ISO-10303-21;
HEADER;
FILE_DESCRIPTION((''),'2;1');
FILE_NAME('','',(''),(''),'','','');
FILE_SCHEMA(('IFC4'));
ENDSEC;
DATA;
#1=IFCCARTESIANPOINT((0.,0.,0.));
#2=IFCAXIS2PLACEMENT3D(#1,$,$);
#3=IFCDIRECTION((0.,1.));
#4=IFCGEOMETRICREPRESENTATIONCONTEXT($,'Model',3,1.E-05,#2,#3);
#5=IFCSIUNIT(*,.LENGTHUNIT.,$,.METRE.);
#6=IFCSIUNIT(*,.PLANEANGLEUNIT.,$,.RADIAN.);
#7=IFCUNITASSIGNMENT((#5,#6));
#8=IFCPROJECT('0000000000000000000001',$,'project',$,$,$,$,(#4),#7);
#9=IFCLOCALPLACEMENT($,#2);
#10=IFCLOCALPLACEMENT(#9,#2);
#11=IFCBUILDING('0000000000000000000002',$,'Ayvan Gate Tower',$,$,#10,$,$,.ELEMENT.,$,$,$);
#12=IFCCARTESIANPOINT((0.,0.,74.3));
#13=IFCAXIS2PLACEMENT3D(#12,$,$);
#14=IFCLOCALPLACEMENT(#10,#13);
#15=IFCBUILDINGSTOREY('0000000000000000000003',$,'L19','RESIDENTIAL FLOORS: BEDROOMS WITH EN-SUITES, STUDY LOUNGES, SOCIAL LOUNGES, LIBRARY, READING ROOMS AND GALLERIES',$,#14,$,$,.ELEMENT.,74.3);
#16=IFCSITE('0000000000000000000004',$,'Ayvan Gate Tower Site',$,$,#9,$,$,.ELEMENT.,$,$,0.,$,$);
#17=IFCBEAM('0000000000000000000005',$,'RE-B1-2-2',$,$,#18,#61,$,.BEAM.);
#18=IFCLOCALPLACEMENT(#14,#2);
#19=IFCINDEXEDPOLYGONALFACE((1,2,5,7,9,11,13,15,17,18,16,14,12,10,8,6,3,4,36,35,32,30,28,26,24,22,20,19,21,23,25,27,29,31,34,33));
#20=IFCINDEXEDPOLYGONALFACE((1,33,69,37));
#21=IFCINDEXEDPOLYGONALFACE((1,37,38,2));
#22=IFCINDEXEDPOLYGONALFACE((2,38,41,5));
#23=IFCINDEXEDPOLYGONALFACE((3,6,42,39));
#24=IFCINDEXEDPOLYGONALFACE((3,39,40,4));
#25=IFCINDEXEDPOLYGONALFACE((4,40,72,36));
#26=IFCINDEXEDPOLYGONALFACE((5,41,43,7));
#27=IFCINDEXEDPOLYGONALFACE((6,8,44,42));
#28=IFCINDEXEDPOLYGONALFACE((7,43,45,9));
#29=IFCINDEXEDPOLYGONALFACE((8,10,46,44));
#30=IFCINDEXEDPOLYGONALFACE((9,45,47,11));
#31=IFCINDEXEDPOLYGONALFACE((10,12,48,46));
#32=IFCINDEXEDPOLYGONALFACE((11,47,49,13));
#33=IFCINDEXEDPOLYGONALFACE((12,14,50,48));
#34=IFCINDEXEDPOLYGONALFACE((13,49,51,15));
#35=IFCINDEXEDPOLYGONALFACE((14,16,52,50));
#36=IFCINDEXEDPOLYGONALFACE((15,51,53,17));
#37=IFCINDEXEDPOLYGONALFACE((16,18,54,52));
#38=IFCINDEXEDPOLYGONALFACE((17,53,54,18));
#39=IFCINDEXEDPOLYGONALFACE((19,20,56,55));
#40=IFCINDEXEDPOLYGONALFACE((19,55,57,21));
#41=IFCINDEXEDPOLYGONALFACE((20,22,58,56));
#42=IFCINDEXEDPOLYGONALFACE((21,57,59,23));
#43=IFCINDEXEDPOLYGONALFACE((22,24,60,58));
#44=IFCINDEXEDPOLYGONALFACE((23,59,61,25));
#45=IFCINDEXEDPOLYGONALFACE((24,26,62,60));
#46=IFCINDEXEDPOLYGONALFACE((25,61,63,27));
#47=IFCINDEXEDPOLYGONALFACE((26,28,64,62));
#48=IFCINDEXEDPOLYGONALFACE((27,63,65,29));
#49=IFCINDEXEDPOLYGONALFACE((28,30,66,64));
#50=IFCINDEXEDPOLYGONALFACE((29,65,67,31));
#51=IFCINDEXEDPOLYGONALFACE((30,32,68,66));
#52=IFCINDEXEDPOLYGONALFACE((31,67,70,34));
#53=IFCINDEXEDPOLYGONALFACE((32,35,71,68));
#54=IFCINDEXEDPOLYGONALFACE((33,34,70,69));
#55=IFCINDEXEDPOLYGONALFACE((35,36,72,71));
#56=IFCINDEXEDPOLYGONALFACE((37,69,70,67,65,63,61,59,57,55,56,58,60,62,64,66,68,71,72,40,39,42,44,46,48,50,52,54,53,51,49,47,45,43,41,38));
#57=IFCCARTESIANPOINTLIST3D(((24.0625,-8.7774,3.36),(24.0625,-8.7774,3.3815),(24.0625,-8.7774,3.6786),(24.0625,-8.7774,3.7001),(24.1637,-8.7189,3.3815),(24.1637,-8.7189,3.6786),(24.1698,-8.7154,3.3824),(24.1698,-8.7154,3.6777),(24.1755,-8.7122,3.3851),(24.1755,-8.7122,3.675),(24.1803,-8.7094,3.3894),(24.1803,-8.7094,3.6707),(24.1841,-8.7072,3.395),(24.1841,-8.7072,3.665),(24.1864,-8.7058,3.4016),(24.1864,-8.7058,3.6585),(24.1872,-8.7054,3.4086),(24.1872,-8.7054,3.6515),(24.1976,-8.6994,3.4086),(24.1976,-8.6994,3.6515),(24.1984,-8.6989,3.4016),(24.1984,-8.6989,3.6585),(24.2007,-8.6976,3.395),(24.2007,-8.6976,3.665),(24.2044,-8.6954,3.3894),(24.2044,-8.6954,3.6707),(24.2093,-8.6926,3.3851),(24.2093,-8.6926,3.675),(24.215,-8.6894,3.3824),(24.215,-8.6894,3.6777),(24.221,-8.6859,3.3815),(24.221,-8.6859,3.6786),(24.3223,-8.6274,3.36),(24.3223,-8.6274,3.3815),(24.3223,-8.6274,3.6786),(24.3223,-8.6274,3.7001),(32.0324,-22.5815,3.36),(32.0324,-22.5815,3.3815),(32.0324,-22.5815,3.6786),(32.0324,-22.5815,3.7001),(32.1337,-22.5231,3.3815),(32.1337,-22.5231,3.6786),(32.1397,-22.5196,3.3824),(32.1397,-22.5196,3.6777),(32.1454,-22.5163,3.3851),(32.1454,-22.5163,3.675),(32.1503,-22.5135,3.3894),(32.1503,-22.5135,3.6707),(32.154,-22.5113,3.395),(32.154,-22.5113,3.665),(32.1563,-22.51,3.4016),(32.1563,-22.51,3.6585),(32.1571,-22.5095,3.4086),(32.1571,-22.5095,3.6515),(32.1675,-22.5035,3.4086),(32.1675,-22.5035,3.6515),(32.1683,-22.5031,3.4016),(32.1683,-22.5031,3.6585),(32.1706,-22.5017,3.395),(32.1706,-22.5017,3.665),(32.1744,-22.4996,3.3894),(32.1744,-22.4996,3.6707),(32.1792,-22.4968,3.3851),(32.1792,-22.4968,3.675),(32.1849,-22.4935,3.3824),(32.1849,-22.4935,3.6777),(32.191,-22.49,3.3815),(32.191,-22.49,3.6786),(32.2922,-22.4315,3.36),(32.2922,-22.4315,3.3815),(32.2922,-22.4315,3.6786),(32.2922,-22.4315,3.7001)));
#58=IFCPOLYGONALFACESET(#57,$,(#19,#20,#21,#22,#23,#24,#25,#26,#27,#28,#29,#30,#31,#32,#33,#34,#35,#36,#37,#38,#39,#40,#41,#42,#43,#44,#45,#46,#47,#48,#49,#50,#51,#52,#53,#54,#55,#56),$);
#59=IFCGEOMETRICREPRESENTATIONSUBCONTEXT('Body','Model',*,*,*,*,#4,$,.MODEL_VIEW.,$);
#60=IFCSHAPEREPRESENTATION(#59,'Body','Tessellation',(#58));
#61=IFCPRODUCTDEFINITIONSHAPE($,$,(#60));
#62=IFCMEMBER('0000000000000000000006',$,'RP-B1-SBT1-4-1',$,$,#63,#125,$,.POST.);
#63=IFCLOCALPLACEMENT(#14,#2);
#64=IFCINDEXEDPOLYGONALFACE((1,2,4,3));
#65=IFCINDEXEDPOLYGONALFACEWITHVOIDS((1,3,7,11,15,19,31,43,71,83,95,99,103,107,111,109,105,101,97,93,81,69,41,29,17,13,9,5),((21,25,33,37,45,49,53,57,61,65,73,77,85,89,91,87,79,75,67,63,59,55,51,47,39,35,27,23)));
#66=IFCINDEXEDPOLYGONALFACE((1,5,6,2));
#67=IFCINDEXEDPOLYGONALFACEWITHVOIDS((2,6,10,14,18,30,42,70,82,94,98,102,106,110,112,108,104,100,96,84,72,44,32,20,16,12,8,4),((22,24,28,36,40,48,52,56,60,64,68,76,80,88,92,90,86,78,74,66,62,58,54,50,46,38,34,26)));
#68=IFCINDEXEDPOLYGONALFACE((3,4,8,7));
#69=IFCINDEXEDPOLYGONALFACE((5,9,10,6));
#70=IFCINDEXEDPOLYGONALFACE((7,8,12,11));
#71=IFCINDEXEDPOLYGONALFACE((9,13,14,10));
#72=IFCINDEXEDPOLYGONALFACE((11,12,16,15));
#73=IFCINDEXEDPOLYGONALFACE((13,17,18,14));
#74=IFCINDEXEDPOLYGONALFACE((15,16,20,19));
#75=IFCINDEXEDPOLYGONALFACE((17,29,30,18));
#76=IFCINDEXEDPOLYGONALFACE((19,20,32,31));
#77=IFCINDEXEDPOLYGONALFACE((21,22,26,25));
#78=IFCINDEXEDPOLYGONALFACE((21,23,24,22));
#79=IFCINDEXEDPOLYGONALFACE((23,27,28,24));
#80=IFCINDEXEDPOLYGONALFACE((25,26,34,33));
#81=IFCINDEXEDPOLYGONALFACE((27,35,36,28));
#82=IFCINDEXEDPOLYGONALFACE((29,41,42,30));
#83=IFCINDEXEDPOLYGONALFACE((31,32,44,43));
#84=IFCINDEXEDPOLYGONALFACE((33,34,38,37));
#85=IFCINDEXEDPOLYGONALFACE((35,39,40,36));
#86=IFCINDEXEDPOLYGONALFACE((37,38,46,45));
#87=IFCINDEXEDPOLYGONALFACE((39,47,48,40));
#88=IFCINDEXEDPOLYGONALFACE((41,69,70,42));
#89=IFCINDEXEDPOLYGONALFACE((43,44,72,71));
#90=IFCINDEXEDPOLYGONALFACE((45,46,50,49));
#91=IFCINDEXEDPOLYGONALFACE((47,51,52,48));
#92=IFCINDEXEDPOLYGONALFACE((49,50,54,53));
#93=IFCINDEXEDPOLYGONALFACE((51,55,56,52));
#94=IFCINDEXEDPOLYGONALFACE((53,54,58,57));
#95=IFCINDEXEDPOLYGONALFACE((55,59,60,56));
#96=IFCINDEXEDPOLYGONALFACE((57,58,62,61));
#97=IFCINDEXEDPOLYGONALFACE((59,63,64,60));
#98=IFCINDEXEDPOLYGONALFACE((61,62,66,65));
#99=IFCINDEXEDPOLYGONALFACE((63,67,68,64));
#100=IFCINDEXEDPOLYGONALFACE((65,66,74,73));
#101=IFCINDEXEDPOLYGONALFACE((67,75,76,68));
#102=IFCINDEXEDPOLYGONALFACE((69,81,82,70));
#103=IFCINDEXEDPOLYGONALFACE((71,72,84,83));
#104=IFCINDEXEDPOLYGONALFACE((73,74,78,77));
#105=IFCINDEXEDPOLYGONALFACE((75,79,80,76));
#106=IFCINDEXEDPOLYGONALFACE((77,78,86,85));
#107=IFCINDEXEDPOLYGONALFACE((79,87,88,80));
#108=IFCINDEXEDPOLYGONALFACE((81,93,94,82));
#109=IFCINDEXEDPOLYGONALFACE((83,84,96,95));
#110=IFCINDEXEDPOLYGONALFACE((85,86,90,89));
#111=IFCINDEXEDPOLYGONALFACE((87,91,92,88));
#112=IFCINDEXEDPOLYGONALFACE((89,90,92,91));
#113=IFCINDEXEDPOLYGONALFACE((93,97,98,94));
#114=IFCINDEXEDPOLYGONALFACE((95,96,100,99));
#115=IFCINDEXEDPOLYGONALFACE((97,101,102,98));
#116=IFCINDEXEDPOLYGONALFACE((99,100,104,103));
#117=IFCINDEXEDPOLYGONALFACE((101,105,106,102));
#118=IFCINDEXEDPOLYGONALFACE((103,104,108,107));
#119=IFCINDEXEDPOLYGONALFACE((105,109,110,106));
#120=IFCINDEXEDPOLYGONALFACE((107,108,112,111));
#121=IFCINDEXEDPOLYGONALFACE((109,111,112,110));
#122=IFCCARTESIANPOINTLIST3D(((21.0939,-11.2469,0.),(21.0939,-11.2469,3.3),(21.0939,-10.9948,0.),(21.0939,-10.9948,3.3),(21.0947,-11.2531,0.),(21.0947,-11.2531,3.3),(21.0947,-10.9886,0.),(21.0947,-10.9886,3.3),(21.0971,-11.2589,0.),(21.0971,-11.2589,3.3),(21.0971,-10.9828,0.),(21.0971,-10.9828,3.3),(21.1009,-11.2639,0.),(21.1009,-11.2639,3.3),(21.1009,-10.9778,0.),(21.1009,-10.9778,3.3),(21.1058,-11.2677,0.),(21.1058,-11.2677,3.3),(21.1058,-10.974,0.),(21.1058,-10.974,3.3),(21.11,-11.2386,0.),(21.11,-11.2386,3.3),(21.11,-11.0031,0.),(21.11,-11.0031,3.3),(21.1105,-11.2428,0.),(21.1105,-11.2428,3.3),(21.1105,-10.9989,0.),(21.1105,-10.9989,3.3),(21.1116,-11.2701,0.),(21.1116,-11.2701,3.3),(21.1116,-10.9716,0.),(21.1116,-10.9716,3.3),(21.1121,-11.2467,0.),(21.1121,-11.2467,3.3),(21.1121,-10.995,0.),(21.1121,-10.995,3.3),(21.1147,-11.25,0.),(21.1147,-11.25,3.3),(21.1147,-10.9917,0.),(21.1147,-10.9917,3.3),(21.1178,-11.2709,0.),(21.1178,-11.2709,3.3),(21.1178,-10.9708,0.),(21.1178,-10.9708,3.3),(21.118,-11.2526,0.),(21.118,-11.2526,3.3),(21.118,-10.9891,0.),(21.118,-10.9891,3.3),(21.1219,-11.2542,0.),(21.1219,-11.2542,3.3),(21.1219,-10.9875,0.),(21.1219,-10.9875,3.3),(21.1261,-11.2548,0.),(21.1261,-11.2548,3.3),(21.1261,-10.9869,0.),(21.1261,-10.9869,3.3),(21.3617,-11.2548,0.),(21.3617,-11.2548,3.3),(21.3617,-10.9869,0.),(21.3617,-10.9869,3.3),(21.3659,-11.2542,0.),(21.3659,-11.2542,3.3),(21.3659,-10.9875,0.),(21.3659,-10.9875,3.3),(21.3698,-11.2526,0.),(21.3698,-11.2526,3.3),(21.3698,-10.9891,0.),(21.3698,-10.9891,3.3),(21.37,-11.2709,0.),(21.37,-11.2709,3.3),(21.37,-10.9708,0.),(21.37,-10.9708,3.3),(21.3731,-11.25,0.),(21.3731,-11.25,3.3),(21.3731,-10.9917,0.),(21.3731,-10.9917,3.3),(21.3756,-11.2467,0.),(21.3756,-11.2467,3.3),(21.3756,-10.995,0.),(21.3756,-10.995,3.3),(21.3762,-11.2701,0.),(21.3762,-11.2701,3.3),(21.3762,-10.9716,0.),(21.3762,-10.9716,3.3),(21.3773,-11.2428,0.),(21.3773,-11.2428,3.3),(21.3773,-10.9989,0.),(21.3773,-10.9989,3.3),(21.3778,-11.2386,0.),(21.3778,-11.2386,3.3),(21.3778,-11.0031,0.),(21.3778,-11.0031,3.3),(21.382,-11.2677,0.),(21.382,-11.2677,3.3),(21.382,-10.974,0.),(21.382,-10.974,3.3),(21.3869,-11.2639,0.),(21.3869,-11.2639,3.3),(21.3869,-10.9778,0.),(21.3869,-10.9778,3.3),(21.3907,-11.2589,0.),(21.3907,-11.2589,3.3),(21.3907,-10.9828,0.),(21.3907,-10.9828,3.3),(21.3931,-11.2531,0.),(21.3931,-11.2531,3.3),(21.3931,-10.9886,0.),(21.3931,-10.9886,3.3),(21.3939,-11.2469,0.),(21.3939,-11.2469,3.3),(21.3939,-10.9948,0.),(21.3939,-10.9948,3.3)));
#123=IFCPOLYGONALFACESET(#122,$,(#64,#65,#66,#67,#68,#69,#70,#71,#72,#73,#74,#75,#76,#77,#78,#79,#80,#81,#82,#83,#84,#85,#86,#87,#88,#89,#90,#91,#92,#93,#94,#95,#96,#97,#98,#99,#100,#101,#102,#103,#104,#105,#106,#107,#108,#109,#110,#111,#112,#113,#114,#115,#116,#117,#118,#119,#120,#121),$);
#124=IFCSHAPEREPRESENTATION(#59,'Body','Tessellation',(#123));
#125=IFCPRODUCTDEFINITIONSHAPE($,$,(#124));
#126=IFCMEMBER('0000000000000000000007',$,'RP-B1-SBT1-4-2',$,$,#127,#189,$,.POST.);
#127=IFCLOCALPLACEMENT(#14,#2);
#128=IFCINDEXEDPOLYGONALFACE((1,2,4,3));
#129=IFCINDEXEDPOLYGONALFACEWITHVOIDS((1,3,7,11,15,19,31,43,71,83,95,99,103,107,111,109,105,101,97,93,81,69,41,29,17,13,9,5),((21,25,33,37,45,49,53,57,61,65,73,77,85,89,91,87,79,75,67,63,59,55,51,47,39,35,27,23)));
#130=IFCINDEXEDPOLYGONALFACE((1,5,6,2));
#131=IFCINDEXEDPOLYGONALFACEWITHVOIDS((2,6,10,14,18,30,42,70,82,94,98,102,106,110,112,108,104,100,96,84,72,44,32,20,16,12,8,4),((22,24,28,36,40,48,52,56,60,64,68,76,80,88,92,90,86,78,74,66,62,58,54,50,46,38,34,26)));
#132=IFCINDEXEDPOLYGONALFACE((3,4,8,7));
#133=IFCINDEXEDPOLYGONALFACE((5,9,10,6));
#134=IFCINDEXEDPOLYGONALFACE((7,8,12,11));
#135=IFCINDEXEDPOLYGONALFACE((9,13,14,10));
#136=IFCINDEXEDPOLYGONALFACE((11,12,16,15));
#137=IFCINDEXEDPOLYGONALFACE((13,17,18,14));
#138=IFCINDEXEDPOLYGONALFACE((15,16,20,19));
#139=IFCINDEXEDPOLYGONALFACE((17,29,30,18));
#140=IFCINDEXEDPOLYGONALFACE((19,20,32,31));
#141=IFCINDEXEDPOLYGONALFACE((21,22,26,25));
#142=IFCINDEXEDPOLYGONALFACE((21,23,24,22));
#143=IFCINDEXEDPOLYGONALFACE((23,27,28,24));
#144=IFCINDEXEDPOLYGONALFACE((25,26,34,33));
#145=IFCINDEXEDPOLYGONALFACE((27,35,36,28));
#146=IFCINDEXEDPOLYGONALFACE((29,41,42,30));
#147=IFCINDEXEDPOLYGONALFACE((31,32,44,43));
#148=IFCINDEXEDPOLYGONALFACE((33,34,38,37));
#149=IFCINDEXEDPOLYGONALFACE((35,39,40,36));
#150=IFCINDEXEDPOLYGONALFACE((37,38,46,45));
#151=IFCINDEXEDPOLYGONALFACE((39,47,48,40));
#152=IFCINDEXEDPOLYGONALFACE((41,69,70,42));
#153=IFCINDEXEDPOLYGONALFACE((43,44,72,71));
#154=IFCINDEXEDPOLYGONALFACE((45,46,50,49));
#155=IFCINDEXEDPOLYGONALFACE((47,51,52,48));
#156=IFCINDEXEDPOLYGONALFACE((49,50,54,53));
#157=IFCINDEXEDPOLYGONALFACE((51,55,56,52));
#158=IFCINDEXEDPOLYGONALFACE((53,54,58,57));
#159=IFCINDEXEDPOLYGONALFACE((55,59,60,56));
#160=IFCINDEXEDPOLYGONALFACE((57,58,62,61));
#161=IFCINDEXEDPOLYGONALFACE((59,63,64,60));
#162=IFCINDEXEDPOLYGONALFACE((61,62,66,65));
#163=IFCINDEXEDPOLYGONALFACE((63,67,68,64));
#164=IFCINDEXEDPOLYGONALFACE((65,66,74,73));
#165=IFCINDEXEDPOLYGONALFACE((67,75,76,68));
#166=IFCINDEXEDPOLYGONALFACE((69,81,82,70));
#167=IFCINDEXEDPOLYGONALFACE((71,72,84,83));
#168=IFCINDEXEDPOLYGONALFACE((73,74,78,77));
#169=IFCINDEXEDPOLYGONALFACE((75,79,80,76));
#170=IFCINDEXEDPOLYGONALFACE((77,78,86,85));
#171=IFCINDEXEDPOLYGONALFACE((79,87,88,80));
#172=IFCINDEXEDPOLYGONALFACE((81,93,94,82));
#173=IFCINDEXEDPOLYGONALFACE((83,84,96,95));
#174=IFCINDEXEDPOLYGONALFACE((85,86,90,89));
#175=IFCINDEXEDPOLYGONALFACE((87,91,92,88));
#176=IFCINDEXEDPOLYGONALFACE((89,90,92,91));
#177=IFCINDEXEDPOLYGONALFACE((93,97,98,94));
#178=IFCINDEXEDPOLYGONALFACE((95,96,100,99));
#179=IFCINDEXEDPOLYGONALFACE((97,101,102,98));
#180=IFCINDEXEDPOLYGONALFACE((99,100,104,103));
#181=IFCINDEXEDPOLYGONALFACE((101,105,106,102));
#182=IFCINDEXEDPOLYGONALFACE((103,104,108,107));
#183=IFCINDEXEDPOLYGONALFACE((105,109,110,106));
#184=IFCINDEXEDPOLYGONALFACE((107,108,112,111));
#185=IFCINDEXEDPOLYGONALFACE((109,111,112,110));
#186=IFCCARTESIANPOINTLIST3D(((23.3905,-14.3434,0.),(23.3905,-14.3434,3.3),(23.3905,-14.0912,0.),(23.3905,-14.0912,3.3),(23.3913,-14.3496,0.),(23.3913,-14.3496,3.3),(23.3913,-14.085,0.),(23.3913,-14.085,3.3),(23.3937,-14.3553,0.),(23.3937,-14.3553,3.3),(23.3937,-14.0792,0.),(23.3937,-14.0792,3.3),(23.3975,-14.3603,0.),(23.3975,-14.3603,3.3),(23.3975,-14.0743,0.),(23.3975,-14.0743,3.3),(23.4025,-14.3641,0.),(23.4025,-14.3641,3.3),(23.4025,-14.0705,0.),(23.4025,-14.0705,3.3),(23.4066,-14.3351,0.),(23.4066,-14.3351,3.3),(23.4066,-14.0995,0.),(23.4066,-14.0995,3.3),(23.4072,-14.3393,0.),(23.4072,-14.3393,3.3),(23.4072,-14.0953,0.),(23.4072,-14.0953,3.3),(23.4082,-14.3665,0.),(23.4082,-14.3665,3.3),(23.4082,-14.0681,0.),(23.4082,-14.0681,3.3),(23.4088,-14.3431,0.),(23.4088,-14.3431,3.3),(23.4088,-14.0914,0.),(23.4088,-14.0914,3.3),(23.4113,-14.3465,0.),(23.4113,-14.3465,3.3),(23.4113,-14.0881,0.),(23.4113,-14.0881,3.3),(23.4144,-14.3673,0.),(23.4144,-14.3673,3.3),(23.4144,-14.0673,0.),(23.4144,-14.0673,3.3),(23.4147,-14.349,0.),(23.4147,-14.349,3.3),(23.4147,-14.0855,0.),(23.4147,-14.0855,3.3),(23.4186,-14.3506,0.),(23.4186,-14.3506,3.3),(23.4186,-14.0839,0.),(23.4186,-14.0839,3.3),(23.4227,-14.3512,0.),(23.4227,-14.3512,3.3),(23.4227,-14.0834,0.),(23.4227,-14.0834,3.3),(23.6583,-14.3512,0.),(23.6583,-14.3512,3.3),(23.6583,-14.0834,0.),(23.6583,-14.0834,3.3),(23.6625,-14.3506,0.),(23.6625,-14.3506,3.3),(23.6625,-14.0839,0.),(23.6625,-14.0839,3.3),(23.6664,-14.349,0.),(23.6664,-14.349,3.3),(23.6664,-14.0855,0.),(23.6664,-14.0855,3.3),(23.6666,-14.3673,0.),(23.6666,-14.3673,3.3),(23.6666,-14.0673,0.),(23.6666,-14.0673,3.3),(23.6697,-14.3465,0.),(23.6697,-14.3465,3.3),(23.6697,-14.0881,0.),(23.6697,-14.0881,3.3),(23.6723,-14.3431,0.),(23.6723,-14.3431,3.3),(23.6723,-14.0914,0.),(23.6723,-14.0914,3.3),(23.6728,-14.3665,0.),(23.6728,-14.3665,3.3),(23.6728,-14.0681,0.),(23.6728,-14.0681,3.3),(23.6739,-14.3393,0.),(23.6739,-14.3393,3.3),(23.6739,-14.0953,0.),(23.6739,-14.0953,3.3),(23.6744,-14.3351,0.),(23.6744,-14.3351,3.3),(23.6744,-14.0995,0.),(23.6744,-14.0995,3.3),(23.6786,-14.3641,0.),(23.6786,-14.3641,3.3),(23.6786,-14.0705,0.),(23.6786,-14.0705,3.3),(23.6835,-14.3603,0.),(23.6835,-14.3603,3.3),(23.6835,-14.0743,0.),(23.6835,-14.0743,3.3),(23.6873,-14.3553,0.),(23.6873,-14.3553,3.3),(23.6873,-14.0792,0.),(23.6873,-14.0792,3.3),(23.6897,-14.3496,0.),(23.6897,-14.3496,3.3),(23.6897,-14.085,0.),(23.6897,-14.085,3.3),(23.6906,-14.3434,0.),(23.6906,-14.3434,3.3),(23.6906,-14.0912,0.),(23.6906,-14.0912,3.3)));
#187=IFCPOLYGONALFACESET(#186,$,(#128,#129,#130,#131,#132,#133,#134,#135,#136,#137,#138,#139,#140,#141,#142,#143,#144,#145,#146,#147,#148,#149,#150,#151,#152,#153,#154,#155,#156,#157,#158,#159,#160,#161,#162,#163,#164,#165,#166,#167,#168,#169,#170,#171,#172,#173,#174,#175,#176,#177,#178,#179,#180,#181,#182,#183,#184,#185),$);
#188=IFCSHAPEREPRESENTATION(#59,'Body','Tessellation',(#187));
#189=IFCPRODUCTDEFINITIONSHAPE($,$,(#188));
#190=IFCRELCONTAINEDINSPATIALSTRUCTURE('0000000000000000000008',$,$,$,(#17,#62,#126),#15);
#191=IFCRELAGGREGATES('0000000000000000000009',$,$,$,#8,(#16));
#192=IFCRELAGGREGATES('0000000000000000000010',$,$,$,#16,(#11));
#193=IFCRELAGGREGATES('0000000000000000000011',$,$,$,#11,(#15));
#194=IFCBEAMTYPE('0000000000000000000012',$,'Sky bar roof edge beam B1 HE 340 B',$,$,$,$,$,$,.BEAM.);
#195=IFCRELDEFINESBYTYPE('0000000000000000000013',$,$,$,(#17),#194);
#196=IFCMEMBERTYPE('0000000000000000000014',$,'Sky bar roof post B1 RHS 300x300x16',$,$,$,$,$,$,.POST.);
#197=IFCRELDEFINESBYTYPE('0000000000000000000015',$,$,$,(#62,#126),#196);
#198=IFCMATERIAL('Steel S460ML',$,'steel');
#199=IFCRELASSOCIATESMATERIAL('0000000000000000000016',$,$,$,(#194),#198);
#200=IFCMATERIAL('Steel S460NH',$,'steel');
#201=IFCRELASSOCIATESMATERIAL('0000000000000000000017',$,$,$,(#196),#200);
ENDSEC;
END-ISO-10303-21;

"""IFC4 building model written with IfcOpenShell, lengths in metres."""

from ifc_helpers import new_model, si_unit, direction, frame, origin, origin_2d, place, context, subcontext, project, spatial, hollow_rectangle, i_section, extrude, material, material_profile, profile_set, type_object, element, save


model = new_model("IFC4")

# Units and contexts
model_context = context("Model", 3, precision=1e-05, world=origin(), true_north=direction((0.0, 1.0)))
body_context = subcontext(model_context, "Body", "Model", "MODEL_VIEW")
ifc_project = project(units=[si_unit("LENGTHUNIT", "METRE"), si_unit("PLANEANGLEUNIT", "RADIAN")], contexts=[model_context])

# Site, building, storey
site_placement = place(None, origin())
site = spatial("IfcSite", under=ifc_project, at=site_placement, Name="Ayvan Gate Tower Site", CompositionType="ELEMENT", RefElevation=0.0)
building_placement = place(site_placement, origin())
building = spatial("IfcBuilding", under=site, at=building_placement, Name="Ayvan Gate Tower", CompositionType="ELEMENT")
storey_placement = place(building_placement, frame((0.0, 0.0, 74.3)))
storey = spatial("IfcBuildingStorey", under=building, at=storey_placement, Name="L19", Description="RESIDENTIAL FLOORS: BEDROOMS WITH EN-SUITES, STUDY LOUNGES, SOCIAL LOUNGES, LIBRARY, READING ROOMS AND GALLERIES", CompositionType="ELEMENT", Elevation=74.3)

# Beam
ifc_material_1 = material(Name="Steel S460ML", Category="steel")
ifc_material_profile_1 = material_profile(ifc_material_1, i_section(OverallWidth=0.3, OverallDepth=0.3401, WebThickness=0.012, FlangeThickness=0.0215, FilletRadius=0.0271, at=origin_2d()), Name="HE 340 B")
ifc_profile_set_1 = profile_set([ifc_material_profile_1], Name="Steel S460ML")
beam_type_1 = type_object("IfcBeamType", Name="Sky bar roof edge beam B1 HE 340 B", PredefinedType="BEAM", material=ifc_profile_set_1)
beam_1_placement = place(storey_placement, frame((24.1924, -8.7024, 3.53), z_axis=(0.500005, -0.866022, 0.0), x_axis=(0.866022, 0.500005, 0.0)))
element("IfcBeam", 1, at=beam_1_placement, inside=storey, type_object=beam_type_1, Name="RE-B1-2-2", PredefinedType="BEAM", context=body_context, shape_type="SweptSolid", body=[
    extrude(i_section(OverallWidth=0.3, OverallDepth=0.3401, WebThickness=0.012, FlangeThickness=0.0215, FilletRadius=0.0271, at=origin_2d()), origin(), (0.0, 0.0, 1.0), 15.9397),
])

# Members
ifc_material_2 = material(Name="Steel S460NH", Category="steel")
ifc_material_profile_2 = material_profile(ifc_material_2, hollow_rectangle(XDim=0.3, YDim=0.3, WallThickness=0.0161, InnerFilletRadius=0.0161, OuterFilletRadius=0.0239, at=origin_2d()), Name="RHS 300x300x16")
ifc_profile_set_2 = profile_set([ifc_material_profile_2], Name="Steel S460NH")
member_type_1 = type_object("IfcMemberType", Name="Sky bar roof post B1 RHS 300x300x16", PredefinedType="POST", material=ifc_profile_set_2)
for number, where, z_axis, x_axis, name in (
    (2, (21.2439, -11.1208, 0.0), (0.0, 0.0, 1.0), (1.0, 0.0, 0.0), "RP-B1-SBT1-4-1"),
    (3, (23.5405, -14.2173, 0.0), (0.0, 0.0, 1.0), (1.0, 0.0, 0.0), "RP-B1-SBT1-4-2"),
):
    element("IfcMember", number, at=place(storey_placement, frame(where, z_axis=z_axis, x_axis=x_axis)), inside=storey, type_object=member_type_1, Name=name, PredefinedType="POST", context=body_context, shape_type="SweptSolid", body=[
        extrude(hollow_rectangle(XDim=0.3, YDim=0.3, WallThickness=0.0161, InnerFilletRadius=0.0161, OuterFilletRadius=0.0239, at=origin_2d()), origin(), (0.0, 0.0, 1.0), 3.3),
    ])

save(model, "model.ifc")
